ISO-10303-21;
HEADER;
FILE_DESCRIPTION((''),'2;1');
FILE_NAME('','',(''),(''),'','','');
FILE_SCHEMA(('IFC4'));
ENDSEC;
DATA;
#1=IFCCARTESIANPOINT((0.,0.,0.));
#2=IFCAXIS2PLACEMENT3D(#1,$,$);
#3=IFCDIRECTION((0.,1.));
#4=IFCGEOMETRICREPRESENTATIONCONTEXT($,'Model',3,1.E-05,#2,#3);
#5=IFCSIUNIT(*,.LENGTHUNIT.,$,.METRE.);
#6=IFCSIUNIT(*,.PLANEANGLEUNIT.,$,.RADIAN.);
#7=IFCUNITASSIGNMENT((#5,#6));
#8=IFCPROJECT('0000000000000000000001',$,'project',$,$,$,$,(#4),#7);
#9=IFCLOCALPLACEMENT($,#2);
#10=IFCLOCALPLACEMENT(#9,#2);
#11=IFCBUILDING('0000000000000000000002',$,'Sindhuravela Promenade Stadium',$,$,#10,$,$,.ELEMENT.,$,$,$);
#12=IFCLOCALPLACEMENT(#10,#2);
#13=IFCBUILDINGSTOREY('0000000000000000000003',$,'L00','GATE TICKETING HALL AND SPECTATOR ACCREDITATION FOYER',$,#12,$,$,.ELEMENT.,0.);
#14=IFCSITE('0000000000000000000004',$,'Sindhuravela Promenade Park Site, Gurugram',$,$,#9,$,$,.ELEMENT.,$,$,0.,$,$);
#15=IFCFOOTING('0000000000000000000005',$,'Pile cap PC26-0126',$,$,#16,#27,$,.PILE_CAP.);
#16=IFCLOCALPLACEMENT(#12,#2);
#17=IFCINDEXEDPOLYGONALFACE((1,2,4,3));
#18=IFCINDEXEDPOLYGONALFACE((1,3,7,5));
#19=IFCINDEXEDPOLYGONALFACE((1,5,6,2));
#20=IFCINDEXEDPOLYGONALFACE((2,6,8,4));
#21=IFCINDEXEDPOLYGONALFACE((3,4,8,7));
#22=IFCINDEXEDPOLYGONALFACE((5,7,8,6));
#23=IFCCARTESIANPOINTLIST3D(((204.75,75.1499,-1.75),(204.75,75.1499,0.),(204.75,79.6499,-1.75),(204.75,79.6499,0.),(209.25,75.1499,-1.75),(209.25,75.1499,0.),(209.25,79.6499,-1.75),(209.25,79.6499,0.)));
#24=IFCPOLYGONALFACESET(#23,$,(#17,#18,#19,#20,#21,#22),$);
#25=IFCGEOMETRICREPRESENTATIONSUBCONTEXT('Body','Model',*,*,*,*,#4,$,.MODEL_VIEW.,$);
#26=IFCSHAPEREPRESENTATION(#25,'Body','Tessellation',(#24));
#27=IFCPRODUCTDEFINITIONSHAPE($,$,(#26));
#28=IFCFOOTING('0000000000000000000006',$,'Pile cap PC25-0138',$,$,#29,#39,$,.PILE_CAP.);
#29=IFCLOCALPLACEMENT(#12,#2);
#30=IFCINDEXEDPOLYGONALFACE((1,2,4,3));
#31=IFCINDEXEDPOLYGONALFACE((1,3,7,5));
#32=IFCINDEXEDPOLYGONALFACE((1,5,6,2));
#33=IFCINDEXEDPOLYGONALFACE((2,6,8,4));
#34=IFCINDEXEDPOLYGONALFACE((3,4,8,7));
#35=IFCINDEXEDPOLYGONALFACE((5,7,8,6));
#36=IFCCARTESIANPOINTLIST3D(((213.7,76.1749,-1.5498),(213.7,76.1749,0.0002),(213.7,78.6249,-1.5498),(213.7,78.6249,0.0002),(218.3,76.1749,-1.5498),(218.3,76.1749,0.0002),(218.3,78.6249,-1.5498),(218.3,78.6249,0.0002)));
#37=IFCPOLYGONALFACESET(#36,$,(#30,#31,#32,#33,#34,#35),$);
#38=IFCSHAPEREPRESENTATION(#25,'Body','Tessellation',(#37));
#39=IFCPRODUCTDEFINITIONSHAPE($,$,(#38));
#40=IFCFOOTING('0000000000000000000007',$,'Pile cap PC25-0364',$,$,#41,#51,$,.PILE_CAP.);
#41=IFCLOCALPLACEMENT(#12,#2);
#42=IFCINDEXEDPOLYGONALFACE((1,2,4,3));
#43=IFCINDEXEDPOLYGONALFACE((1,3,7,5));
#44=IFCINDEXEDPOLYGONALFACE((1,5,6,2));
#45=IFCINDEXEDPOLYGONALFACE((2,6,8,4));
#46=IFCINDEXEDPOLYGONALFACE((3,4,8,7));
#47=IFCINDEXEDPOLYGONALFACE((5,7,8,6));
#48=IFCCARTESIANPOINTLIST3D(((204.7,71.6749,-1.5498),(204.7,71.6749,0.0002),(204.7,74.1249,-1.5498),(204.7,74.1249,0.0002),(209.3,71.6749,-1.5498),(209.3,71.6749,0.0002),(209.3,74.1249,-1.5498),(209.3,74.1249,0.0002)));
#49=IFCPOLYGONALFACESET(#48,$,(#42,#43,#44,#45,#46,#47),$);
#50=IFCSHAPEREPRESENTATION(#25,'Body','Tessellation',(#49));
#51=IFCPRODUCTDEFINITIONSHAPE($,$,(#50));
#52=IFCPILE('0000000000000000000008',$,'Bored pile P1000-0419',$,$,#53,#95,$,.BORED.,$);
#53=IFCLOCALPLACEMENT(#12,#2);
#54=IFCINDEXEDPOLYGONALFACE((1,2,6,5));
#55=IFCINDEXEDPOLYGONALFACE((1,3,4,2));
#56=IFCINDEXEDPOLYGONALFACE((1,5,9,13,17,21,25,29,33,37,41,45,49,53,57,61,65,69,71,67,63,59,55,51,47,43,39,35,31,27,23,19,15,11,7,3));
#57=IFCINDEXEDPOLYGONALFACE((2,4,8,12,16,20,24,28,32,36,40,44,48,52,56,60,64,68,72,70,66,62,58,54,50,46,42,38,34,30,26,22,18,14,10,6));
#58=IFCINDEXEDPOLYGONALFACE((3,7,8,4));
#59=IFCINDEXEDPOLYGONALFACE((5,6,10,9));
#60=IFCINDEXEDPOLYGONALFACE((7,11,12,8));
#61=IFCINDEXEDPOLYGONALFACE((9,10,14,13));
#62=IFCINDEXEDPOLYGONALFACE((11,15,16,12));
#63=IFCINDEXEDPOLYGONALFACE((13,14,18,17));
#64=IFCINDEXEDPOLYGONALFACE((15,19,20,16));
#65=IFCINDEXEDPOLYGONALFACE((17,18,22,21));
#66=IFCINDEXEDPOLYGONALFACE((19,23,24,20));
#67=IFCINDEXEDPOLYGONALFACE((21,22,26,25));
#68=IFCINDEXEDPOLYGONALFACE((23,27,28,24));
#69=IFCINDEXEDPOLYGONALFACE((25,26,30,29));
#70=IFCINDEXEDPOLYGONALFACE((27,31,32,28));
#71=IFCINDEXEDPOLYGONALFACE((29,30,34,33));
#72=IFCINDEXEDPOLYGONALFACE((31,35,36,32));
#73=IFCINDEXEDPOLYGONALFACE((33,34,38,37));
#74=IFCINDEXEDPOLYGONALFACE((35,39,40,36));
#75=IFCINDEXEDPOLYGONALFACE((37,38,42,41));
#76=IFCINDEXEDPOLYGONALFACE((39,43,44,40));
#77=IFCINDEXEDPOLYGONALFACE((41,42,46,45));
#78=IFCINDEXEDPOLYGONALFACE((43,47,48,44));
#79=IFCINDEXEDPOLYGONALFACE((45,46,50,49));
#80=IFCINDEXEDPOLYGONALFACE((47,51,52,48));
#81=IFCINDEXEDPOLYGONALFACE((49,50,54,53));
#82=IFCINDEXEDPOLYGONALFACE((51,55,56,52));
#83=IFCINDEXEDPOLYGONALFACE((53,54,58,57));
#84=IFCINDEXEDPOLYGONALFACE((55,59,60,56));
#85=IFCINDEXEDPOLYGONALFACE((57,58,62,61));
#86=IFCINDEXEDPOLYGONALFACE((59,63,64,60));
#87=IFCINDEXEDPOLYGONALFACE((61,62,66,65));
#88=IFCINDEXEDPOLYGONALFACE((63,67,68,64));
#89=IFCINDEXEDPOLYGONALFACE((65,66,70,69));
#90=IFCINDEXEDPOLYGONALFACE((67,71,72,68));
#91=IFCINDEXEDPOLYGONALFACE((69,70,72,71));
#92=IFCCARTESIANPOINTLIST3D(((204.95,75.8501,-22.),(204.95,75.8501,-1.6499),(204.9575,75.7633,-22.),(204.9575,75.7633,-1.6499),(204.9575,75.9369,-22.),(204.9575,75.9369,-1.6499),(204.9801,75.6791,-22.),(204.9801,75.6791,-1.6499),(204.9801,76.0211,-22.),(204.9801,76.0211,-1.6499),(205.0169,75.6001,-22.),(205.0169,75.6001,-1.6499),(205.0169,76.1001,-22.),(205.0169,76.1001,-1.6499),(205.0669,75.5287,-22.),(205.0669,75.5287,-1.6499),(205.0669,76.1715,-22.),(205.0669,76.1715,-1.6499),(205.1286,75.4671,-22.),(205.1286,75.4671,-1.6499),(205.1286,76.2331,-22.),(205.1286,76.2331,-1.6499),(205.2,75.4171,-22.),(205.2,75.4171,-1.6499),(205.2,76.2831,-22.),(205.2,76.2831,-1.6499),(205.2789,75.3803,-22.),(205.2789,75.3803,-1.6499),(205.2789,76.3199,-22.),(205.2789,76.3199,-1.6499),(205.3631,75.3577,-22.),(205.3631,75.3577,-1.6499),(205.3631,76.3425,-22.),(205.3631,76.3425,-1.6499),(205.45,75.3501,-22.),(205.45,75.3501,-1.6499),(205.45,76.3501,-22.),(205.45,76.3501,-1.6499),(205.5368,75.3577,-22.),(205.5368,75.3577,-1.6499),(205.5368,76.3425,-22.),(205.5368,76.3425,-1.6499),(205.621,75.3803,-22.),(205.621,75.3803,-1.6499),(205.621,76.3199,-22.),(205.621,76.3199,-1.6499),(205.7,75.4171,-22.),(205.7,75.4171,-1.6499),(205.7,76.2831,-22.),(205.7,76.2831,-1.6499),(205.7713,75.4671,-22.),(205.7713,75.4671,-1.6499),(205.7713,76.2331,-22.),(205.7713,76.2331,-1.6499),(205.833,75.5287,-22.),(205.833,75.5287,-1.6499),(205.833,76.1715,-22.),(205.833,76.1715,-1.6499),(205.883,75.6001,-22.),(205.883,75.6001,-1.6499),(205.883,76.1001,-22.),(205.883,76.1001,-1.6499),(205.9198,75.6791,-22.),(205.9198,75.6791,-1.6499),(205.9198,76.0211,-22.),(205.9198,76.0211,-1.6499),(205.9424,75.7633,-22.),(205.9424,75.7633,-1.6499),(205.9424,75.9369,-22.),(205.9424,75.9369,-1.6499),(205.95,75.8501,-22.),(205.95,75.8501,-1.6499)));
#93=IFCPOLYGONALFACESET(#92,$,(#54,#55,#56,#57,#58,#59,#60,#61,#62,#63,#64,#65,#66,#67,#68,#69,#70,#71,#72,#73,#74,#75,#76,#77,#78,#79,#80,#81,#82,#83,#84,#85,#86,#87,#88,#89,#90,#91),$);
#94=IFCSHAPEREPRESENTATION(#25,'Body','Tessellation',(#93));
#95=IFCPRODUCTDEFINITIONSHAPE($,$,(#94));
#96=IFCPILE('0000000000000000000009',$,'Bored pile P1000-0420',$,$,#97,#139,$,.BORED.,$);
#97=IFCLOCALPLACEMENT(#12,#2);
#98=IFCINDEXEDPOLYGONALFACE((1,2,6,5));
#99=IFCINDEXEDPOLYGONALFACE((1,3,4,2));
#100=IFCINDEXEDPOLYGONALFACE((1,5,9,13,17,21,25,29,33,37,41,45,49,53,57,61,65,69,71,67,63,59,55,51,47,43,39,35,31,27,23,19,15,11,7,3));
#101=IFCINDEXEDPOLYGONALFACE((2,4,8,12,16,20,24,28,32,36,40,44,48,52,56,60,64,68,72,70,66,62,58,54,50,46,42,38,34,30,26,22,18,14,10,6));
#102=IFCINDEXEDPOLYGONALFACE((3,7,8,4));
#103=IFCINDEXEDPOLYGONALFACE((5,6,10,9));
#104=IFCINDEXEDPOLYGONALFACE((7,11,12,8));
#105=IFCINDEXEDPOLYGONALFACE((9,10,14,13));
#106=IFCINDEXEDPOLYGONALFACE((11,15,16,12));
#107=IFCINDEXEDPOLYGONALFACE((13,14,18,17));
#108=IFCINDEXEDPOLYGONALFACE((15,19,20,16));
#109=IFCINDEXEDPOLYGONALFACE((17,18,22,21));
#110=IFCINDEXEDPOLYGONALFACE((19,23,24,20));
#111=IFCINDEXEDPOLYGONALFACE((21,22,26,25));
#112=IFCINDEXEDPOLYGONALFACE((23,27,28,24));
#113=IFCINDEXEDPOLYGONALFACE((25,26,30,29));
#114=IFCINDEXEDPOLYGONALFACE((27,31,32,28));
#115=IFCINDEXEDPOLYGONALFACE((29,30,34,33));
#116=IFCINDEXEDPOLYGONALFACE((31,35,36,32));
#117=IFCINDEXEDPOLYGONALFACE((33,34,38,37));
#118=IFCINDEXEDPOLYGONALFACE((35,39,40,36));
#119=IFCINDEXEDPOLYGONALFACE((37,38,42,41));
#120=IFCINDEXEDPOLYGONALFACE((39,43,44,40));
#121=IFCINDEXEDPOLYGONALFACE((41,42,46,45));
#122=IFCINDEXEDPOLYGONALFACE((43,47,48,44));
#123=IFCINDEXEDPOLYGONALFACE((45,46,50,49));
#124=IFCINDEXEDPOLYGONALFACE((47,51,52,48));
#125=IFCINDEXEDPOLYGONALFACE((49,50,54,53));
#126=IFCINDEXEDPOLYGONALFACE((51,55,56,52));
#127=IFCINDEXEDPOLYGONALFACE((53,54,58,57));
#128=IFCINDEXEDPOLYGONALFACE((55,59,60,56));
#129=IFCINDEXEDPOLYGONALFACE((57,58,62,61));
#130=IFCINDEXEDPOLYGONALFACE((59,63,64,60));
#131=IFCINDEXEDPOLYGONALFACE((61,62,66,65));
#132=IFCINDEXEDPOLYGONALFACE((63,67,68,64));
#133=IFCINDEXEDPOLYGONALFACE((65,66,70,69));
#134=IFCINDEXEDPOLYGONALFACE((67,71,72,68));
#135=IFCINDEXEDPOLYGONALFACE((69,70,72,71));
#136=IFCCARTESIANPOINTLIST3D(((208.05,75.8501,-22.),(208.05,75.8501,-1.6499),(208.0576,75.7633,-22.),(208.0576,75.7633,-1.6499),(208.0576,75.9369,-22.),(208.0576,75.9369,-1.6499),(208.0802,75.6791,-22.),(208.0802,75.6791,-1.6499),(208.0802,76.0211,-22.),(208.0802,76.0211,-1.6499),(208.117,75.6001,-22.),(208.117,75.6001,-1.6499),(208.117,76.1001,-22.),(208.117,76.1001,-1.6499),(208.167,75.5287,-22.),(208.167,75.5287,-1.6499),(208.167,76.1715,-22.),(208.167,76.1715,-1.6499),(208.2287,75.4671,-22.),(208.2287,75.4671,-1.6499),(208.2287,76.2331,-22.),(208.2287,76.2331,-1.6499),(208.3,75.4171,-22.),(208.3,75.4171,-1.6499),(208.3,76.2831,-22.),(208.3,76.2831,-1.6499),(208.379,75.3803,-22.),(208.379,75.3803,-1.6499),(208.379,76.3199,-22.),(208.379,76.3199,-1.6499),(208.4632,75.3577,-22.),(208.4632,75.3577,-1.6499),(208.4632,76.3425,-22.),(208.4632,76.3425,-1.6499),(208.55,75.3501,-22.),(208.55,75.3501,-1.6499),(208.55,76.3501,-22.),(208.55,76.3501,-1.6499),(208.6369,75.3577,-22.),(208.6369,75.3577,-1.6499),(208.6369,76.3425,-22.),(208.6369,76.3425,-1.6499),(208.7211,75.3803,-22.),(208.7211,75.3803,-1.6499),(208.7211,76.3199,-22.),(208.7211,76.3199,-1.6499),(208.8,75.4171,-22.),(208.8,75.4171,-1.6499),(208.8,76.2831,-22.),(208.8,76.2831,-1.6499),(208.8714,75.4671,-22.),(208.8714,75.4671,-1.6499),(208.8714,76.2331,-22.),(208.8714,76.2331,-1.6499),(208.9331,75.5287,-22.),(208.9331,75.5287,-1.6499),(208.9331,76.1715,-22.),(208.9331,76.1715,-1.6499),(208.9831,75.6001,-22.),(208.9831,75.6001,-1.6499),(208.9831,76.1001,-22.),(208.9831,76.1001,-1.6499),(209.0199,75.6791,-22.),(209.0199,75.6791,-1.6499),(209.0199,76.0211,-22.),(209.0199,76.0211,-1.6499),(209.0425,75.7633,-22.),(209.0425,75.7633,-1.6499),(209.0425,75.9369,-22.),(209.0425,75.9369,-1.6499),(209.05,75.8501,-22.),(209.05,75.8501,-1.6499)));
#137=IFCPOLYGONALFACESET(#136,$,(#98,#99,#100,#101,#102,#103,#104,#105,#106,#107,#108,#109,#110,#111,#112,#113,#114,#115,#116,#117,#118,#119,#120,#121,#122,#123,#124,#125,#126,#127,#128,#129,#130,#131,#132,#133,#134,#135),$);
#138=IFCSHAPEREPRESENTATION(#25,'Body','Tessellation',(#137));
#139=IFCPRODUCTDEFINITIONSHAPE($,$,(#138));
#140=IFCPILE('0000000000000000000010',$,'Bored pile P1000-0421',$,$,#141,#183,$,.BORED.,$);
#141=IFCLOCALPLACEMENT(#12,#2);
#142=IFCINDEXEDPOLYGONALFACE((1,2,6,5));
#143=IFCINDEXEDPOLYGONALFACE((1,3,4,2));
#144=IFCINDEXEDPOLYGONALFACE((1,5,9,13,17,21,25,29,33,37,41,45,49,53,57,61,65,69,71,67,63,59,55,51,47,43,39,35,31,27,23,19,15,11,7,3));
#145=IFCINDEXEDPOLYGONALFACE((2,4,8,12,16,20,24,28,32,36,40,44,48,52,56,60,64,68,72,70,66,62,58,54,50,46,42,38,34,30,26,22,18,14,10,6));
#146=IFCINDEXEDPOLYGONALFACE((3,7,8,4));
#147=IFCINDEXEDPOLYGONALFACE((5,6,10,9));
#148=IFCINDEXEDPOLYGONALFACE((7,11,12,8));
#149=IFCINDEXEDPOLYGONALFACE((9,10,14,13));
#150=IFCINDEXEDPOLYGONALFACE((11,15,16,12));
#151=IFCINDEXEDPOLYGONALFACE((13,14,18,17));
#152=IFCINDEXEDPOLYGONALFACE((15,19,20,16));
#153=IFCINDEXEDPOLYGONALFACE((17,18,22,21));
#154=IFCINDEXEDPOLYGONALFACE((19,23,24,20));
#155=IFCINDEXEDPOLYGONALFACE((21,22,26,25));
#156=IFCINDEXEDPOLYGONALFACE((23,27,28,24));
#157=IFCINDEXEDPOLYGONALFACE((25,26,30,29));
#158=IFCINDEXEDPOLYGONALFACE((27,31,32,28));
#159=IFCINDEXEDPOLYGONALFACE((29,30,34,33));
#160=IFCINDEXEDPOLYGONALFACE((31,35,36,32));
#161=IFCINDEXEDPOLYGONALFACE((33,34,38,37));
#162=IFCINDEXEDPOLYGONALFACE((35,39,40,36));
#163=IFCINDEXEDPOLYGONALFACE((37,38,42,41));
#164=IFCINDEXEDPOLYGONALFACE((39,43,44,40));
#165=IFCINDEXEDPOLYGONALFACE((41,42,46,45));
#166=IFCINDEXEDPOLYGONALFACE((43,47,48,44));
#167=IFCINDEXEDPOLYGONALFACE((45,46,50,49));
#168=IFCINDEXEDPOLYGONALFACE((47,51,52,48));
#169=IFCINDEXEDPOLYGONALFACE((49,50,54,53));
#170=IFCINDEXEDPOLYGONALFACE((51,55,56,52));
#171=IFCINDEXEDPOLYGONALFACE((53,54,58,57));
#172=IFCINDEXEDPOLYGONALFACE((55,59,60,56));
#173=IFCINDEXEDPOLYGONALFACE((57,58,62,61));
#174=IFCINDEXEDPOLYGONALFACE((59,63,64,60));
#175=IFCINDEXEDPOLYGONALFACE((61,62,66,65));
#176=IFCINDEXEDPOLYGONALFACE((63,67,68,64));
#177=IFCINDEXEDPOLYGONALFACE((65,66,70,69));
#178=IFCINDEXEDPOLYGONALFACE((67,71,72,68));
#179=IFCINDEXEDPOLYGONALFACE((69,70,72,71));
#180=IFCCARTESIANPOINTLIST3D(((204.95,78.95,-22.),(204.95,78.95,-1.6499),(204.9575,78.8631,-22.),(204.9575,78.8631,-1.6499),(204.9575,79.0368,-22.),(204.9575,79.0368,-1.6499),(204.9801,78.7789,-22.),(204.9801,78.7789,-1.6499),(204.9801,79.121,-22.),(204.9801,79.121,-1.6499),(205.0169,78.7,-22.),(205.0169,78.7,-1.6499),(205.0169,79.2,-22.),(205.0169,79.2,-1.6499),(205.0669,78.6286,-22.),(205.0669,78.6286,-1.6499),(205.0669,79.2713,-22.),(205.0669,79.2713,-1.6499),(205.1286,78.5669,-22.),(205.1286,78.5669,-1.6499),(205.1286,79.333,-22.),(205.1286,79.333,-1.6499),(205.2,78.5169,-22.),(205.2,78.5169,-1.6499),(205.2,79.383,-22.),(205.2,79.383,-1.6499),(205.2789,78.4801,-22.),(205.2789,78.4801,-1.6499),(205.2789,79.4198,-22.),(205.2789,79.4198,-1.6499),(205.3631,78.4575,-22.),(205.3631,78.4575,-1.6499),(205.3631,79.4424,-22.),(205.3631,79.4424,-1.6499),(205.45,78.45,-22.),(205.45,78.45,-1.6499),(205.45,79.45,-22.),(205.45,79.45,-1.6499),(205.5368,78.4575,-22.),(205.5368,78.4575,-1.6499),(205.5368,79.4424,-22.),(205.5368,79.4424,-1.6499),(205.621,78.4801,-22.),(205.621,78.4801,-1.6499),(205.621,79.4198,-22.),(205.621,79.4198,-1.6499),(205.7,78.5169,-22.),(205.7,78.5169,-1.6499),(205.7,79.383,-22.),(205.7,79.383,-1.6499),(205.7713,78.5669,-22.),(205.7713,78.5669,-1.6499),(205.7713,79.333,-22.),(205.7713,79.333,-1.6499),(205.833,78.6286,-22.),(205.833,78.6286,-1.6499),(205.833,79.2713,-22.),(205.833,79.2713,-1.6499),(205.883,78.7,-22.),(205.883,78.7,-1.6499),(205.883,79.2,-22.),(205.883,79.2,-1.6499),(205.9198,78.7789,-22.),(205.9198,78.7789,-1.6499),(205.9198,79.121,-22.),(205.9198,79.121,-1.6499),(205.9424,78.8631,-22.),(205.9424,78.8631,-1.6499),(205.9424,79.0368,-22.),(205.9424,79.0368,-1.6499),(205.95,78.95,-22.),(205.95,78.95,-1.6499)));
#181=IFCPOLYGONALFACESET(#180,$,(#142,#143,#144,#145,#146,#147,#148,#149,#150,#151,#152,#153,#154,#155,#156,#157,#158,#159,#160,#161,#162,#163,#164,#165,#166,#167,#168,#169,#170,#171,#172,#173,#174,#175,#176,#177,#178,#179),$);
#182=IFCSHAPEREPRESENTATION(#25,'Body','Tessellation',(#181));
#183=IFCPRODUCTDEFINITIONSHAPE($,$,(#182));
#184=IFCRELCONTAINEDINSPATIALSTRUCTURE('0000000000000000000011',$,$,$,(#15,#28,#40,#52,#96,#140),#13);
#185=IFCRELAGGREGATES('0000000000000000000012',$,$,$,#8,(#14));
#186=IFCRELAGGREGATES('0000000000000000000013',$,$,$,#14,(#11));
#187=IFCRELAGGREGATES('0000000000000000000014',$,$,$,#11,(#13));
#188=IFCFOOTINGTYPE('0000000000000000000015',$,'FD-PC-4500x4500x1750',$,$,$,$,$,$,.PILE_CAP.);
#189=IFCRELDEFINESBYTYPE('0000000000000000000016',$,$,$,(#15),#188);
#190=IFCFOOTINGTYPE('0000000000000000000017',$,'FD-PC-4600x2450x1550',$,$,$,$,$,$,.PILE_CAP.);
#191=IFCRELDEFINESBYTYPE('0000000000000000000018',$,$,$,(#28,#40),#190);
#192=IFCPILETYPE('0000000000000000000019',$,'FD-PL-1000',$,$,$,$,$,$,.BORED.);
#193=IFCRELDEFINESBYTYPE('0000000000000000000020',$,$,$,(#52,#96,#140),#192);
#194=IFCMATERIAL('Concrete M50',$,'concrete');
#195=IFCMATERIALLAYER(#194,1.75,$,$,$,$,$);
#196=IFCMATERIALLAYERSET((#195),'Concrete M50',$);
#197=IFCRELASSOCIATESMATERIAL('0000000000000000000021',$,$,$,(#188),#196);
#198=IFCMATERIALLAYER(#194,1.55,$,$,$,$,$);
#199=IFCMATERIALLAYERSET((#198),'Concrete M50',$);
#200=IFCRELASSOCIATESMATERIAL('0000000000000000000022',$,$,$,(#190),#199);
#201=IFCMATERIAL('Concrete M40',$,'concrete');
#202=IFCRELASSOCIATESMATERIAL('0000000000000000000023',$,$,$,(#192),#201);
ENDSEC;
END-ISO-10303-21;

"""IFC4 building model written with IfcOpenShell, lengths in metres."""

from ifc_helpers import new_model, si_unit, direction, frame, origin, origin_2d, place, context, subcontext, project, spatial, rectangle, circle, extrude, material, layer, layer_set, material_profile, profile_set, type_object, element, save


model = new_model("IFC4")

# Units and contexts
model_context = context("Model", 3, precision=1e-05, world=origin(), true_north=direction((0.0, 1.0)))
body_context = subcontext(model_context, "Body", "Model", "MODEL_VIEW")
ifc_project = project(units=[si_unit("LENGTHUNIT", "METRE"), si_unit("PLANEANGLEUNIT", "RADIAN")], contexts=[model_context])

# Site, building, storey
site_placement = place(None, origin())
site = spatial("IfcSite", under=ifc_project, at=site_placement, Name="Sindhuravela Promenade Park Site, Gurugram", CompositionType="ELEMENT", RefElevation=0.0)
building_placement = place(site_placement, origin())
building = spatial("IfcBuilding", under=site, at=building_placement, Name="Sindhuravela Promenade Stadium", CompositionType="ELEMENT")
storey_placement = place(building_placement, origin())
storey = spatial("IfcBuildingStorey", under=building, at=storey_placement, Name="L00", Description="GATE TICKETING HALL AND SPECTATOR ACCREDITATION FOYER", CompositionType="ELEMENT", Elevation=0.0)

# Footings
ifc_material_1 = material(Name="Concrete M50", Category="concrete")
ifc_layer_1 = layer(ifc_material_1, 1.75)
ifc_layer_set_1 = layer_set([ifc_layer_1], Name="Concrete M50")
footing_type_1 = type_object("IfcFootingType", Name="FD-PC-4500x4500x1750", PredefinedType="PILE_CAP", material=ifc_layer_set_1)
footing_placement = place(storey_placement, frame((207.0, 77.3999, -1.75), z_axis=(0.0, 0.0, 1.0), x_axis=(1.0, 0.0, 0.0)))
element("IfcFooting", 1, at=footing_placement, inside=storey, type_object=footing_type_1, Name="Pile cap PC26-0126", PredefinedType="PILE_CAP", context=body_context, shape_type="SweptSolid", body=[
    extrude(rectangle(XDim=4.5, YDim=4.5, at=origin_2d()), origin(), (0.0, 0.0, 1.0), 1.75),
])
ifc_layer_2 = layer(ifc_material_1, 1.55)
ifc_layer_set_2 = layer_set([ifc_layer_2], Name="Concrete M50")
footing_type_2 = type_object("IfcFootingType", Name="FD-PC-4600x2450x1550", PredefinedType="PILE_CAP", material=ifc_layer_set_2)
for number, where, z_axis, x_axis, name in (
    (2, (216.0, 77.3999, -1.5498), (0.0, 0.0, 1.0), (1.0, 0.0, 0.0), "Pile cap PC25-0138"),
    (3, (207.0, 72.8999, -1.5498), (0.0, 0.0, 1.0), (1.0, 0.0, 0.0), "Pile cap PC25-0364"),
):
    element("IfcFooting", number, at=place(storey_placement, frame(where, z_axis=z_axis, x_axis=x_axis)), inside=storey, type_object=footing_type_2, Name=name, PredefinedType="PILE_CAP", context=body_context, shape_type="SweptSolid", body=[
        extrude(rectangle(XDim=4.6001, YDim=2.45, at=origin_2d()), origin(), (0.0, 0.0, 1.0), 1.55),
    ])

# Piles
ifc_material_2 = material(Name="Concrete M40", Category="concrete")
ifc_material_profile_1 = material_profile(ifc_material_2, circle(Radius=0.5, at=origin_2d()), Name="BORED PILE D1000")
ifc_profile_set_1 = profile_set([ifc_material_profile_1], Name="Concrete M40")
pile_type = type_object("IfcPileType", Name="FD-PL-1000", PredefinedType="BORED", material=ifc_profile_set_1)
for number, where, z_axis, x_axis, name in (
    (4, (205.45, 75.8501, -1.6499), (0.0, 0.0, -1.0), (1.0, 0.0, 0.0), "Bored pile P1000-0419"),
    (5, (208.55, 75.8501, -1.6499), (0.0, 0.0, -1.0), (1.0, 0.0, 0.0), "Bored pile P1000-0420"),
    (6, (205.45, 78.95, -1.6499), (0.0, 0.0, -1.0), (1.0, 0.0, 0.0), "Bored pile P1000-0421"),
):
    element("IfcPile", number, at=place(storey_placement, frame(where, z_axis=z_axis, x_axis=x_axis)), inside=storey, type_object=pile_type, Name=name, PredefinedType="BORED", context=body_context, shape_type="SweptSolid", body=[
        extrude(circle(Radius=0.5, at=origin_2d()), origin(), (0.0, 0.0, 1.0), 20.3501),
    ])

save(model, "model.ifc")
